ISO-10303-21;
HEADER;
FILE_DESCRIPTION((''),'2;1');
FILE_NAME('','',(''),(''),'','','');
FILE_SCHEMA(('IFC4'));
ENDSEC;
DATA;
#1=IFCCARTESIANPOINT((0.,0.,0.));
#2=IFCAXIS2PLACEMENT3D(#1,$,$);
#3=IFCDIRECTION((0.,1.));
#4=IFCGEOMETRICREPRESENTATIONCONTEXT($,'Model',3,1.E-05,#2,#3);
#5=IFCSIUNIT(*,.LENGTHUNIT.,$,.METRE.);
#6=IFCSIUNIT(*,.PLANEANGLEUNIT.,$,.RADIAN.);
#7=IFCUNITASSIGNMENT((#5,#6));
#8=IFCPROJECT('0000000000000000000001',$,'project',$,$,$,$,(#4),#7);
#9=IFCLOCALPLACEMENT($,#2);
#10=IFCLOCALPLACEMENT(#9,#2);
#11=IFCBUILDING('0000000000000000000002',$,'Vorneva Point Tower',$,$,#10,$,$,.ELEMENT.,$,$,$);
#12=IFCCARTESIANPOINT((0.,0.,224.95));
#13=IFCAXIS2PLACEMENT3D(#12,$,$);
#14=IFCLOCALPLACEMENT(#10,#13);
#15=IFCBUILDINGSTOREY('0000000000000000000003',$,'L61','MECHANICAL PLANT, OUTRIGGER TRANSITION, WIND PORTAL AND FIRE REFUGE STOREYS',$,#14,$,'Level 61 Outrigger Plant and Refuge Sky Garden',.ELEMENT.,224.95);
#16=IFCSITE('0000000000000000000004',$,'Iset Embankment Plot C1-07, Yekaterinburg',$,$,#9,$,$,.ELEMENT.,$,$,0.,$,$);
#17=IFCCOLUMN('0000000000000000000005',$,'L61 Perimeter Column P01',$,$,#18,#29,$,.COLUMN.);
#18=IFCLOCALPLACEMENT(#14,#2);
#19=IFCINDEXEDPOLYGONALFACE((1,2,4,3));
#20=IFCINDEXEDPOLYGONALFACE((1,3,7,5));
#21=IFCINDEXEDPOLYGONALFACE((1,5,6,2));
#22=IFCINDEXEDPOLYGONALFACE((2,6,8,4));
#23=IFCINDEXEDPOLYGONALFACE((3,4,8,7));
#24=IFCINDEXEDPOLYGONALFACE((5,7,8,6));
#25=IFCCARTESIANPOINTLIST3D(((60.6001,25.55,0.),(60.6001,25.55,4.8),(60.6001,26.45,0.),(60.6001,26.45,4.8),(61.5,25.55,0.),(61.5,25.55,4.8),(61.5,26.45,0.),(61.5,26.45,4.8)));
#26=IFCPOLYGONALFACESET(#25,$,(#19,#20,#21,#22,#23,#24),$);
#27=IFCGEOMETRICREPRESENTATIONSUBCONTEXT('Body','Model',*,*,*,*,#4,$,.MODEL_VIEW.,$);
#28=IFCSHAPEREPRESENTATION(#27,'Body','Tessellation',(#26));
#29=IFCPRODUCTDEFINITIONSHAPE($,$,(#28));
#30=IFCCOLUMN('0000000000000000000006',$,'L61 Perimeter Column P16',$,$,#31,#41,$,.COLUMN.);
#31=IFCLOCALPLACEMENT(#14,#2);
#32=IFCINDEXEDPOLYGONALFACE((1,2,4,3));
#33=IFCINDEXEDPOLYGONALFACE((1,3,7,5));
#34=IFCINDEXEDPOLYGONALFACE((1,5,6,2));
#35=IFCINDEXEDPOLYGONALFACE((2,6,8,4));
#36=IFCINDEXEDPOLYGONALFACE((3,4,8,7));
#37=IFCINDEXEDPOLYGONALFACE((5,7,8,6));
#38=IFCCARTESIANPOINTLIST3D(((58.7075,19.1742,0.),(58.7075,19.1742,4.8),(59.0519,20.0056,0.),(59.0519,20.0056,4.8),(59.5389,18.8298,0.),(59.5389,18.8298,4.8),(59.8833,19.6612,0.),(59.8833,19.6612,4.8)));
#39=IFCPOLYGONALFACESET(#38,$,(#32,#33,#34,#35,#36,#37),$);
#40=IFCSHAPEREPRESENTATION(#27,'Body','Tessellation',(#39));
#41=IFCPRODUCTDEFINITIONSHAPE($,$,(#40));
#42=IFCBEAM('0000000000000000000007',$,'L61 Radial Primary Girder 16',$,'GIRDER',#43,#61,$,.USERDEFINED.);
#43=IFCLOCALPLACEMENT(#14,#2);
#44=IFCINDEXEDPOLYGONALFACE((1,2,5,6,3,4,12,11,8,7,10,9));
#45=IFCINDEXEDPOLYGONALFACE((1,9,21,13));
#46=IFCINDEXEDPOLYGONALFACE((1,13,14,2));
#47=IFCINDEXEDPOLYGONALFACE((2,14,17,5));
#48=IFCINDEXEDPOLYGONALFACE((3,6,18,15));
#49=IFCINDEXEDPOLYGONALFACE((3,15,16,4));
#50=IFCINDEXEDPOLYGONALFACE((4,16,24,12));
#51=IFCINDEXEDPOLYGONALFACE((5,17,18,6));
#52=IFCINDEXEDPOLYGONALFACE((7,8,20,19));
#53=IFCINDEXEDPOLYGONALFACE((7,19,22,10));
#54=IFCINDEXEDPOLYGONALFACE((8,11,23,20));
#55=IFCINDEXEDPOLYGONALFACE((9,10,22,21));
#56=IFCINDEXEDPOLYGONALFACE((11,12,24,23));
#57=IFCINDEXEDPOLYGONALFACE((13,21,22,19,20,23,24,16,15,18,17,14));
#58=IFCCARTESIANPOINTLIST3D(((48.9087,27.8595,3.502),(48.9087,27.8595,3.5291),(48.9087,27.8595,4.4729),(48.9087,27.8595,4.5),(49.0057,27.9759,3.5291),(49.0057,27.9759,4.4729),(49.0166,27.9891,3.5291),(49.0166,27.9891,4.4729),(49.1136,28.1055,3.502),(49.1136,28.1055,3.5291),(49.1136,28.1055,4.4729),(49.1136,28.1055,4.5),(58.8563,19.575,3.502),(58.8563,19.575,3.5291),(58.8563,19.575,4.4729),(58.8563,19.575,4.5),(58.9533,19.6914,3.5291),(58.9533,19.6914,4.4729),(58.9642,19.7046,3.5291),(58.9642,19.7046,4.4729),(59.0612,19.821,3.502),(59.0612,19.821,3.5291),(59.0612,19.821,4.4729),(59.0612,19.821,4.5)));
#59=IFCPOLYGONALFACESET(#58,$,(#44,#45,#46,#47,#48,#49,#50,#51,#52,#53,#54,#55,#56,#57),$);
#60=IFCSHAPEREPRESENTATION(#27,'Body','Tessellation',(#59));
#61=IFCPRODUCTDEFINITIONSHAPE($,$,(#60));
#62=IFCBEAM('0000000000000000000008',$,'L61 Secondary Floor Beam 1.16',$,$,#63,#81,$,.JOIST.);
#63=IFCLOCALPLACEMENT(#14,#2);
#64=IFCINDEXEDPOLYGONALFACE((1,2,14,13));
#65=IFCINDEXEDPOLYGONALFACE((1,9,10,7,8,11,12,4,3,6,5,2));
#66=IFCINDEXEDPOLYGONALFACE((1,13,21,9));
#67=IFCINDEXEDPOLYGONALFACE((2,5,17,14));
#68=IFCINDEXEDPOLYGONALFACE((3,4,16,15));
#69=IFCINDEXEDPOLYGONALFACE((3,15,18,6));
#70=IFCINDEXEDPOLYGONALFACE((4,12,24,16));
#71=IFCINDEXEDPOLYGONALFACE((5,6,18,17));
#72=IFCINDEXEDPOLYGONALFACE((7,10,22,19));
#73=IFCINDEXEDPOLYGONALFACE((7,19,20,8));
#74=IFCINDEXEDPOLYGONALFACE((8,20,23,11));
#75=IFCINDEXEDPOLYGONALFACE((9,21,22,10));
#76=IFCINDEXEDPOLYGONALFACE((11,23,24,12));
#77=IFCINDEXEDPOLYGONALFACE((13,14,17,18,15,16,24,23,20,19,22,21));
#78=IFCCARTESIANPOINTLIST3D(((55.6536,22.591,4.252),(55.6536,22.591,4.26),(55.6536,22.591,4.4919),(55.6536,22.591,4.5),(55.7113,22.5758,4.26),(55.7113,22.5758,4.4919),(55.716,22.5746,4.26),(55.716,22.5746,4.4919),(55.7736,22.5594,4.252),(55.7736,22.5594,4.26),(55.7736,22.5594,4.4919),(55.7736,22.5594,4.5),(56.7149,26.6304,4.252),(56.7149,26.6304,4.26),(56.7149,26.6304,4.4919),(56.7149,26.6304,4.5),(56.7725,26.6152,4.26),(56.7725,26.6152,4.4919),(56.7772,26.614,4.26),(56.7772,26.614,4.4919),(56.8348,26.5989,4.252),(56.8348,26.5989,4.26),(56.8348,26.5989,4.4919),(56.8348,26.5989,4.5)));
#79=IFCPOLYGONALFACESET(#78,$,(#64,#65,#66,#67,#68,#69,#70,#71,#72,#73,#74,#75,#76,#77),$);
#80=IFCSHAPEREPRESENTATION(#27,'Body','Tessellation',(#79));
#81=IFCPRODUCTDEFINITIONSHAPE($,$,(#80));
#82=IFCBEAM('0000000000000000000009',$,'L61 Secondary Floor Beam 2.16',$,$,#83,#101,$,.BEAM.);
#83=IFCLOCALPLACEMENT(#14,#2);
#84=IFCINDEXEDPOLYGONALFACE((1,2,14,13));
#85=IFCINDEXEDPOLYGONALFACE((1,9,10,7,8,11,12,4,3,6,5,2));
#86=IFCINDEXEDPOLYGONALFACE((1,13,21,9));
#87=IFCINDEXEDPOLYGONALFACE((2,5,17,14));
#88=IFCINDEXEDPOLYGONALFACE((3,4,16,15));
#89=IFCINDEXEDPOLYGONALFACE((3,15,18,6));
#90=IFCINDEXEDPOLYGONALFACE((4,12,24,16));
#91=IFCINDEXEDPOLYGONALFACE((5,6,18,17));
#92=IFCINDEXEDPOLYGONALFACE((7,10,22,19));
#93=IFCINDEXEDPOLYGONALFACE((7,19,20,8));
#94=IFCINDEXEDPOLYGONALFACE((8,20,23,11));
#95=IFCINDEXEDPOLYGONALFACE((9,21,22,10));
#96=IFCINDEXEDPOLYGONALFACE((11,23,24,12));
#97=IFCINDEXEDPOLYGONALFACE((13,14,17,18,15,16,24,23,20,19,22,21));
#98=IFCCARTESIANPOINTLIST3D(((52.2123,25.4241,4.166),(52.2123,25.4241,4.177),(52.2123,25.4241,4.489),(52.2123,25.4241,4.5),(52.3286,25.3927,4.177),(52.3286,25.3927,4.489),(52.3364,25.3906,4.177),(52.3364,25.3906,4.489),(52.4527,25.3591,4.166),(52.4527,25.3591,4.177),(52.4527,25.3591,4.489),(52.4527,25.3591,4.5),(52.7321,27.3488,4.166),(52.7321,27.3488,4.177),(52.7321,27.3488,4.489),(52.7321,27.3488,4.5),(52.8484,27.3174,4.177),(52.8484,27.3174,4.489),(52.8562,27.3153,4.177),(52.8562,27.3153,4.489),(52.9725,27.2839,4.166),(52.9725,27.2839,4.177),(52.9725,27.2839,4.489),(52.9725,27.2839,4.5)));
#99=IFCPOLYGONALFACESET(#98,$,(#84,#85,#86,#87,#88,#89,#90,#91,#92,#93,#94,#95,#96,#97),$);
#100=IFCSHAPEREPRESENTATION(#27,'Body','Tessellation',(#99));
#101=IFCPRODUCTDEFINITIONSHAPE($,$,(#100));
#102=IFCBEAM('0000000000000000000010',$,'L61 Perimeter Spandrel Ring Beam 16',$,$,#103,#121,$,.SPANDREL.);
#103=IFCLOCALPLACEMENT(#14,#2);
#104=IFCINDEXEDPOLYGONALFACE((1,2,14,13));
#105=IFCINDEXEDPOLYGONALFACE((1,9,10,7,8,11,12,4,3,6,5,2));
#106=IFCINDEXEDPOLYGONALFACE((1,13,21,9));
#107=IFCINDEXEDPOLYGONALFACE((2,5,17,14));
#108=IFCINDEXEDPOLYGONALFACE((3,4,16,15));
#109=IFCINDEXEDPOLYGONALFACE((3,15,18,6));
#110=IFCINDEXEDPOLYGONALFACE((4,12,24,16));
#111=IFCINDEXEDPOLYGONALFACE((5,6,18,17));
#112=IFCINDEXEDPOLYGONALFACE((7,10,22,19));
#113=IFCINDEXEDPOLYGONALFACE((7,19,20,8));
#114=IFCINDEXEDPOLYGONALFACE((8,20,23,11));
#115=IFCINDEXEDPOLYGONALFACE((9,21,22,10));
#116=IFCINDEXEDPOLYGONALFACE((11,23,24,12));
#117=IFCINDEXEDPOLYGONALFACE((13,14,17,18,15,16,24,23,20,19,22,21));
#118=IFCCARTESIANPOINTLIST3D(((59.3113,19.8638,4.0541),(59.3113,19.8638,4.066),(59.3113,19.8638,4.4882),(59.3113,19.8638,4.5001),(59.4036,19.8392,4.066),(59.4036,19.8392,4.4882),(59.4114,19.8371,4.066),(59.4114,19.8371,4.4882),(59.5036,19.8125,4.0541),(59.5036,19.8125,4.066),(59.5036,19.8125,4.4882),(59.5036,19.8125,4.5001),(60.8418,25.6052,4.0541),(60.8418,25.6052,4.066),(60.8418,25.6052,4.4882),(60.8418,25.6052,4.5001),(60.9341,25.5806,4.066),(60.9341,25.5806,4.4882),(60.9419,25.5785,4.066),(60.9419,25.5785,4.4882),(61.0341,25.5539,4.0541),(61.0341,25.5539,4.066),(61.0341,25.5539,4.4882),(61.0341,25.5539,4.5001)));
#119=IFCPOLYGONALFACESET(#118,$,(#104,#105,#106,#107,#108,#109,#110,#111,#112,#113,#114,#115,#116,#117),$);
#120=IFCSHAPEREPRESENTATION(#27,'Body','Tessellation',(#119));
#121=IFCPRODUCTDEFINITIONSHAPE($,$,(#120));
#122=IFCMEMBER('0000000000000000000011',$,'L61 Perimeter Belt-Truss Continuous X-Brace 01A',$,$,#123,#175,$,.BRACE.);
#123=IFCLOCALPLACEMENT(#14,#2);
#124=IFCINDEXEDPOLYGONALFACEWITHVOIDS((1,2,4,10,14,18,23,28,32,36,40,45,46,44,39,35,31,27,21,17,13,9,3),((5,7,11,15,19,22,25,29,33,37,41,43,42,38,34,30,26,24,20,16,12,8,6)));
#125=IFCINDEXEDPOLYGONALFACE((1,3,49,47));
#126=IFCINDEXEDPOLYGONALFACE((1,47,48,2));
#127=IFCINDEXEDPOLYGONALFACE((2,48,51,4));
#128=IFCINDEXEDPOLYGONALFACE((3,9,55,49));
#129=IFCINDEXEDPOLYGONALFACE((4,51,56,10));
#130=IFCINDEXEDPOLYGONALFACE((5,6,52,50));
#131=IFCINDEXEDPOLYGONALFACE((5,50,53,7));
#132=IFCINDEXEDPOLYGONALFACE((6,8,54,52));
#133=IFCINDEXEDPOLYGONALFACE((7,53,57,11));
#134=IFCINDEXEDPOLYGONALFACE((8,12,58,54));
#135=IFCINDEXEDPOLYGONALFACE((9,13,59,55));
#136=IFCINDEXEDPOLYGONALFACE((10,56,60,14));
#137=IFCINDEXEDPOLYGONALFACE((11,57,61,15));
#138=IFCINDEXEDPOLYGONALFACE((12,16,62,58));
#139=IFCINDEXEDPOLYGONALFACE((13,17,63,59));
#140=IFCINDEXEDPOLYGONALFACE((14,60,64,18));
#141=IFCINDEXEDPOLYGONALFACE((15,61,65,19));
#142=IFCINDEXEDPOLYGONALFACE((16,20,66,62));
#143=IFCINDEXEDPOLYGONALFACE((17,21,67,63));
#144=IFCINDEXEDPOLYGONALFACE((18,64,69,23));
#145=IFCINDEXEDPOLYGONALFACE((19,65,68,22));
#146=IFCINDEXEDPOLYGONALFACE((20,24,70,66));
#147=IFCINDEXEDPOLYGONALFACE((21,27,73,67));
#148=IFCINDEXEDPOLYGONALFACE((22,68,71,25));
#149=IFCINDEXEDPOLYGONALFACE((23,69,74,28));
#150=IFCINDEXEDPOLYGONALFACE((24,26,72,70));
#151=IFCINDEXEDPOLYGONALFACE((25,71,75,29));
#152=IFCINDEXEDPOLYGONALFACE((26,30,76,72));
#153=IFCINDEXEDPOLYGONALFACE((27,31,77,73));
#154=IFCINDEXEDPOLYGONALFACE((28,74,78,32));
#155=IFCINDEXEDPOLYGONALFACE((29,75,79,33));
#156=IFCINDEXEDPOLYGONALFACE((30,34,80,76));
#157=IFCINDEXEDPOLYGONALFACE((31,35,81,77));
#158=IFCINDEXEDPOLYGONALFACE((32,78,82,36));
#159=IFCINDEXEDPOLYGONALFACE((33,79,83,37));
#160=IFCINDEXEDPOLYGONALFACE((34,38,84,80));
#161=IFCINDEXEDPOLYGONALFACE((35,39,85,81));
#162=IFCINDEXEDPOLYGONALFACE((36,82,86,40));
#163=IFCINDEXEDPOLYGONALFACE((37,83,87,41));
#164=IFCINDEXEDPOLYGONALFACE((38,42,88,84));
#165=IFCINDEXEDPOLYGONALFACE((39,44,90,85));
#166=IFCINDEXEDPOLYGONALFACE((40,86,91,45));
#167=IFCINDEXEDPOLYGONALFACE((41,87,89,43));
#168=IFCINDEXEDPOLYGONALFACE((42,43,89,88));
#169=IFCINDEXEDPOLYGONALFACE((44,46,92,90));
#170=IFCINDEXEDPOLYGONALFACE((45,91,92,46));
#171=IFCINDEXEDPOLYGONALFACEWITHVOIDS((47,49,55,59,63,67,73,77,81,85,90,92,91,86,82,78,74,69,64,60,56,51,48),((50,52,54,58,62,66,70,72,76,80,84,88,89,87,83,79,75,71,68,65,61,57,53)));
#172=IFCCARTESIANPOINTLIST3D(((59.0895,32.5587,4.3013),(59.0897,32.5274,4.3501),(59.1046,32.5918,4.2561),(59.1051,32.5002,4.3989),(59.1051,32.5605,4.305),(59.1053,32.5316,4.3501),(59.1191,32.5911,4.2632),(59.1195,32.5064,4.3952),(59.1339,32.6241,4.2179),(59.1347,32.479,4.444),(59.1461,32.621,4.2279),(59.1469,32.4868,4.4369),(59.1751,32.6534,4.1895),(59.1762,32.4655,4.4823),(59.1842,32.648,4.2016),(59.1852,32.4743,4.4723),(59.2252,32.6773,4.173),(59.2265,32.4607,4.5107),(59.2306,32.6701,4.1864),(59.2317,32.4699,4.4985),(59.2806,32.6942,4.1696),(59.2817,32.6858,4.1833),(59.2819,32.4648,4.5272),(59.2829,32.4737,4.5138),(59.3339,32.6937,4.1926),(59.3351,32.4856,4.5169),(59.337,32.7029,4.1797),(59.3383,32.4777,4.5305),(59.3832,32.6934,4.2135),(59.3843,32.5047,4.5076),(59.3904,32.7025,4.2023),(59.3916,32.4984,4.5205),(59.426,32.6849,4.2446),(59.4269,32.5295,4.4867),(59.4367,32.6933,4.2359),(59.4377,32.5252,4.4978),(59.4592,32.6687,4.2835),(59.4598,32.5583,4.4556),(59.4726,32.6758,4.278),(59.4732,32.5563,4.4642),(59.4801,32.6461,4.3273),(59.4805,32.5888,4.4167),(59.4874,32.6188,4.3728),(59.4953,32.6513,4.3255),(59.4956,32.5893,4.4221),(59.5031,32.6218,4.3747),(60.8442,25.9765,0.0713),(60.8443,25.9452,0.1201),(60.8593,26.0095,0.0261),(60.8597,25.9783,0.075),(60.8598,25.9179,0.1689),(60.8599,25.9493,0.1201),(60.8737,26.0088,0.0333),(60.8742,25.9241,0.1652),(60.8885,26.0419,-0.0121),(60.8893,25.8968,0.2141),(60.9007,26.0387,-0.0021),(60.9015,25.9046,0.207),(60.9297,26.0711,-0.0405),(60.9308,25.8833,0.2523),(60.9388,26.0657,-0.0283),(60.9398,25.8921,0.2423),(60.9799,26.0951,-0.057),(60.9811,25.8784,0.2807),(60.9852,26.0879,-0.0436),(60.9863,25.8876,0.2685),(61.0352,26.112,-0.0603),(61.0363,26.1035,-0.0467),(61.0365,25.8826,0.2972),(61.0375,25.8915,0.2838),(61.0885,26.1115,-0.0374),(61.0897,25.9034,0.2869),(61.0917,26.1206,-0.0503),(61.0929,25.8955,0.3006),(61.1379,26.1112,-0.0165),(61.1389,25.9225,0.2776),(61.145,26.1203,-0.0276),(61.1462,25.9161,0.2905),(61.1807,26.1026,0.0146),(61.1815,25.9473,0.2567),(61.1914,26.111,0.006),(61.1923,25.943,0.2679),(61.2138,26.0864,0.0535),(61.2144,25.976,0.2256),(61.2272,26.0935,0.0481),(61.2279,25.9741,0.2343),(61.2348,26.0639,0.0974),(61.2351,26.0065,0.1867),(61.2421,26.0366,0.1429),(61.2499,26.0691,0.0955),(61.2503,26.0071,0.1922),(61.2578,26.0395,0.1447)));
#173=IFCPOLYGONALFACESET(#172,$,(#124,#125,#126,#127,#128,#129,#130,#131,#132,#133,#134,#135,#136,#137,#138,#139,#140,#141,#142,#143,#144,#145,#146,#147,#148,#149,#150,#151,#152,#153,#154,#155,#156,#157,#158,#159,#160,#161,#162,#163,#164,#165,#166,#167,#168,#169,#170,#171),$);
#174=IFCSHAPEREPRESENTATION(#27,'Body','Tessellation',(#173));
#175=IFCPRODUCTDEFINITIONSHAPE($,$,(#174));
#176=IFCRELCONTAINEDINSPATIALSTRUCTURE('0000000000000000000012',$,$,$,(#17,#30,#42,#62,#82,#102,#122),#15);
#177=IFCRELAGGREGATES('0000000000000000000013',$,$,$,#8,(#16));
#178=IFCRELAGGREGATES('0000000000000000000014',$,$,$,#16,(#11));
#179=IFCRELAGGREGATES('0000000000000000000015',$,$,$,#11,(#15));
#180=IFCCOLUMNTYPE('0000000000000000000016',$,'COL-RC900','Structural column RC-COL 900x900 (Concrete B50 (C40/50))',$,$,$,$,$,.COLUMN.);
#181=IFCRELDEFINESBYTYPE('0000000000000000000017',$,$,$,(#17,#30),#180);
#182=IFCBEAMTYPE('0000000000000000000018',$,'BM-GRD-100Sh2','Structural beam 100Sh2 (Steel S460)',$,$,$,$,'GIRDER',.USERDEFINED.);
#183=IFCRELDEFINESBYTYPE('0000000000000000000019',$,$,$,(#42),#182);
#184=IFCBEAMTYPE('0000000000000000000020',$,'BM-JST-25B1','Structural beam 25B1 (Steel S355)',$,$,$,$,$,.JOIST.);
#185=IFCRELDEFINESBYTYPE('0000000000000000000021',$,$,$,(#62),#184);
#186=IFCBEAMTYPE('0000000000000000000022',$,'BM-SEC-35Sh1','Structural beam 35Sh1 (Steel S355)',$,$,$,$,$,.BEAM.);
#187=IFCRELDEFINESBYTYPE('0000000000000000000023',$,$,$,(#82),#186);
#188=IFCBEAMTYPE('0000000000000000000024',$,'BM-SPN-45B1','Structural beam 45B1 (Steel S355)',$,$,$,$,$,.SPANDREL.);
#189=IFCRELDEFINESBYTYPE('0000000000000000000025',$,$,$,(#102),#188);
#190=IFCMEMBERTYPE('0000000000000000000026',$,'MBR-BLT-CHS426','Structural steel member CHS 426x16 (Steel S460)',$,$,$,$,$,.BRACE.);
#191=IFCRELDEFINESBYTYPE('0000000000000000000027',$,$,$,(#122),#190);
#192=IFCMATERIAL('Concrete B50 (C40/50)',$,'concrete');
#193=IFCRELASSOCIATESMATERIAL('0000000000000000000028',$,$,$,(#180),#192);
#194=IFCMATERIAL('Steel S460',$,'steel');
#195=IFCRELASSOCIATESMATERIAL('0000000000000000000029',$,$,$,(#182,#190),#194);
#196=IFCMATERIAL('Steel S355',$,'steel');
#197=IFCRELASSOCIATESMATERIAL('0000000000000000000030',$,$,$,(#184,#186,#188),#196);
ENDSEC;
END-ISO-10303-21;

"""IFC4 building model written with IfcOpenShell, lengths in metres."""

from ifc_helpers import new_model, si_unit, direction, frame, origin, origin_2d, place, context, subcontext, project, spatial, rectangle, hollow_circle, i_section, extrude, material, material_profile, profile_set, type_object, element, save


model = new_model("IFC4")

# Units and contexts
model_context = context("Model", 3, precision=1e-05, world=origin(), true_north=direction((0.0, 1.0)))
body_context = subcontext(model_context, "Body", "Model", "MODEL_VIEW")
ifc_project = project(units=[si_unit("LENGTHUNIT", "METRE"), si_unit("PLANEANGLEUNIT", "RADIAN")], contexts=[model_context])

# Site, building, storey
site_placement = place(None, origin())
site = spatial("IfcSite", under=ifc_project, at=site_placement, Name="Iset Embankment Plot C1-07, Yekaterinburg", CompositionType="ELEMENT", RefElevation=0.0)
building_placement = place(site_placement, origin())
building = spatial("IfcBuilding", under=site, at=building_placement, Name="Vorneva Point Tower", CompositionType="ELEMENT")
storey_placement = place(building_placement, frame((0.0, 0.0, 224.95)))
storey = spatial("IfcBuildingStorey", under=building, at=storey_placement, Name="L61", Description="MECHANICAL PLANT, OUTRIGGER TRANSITION, WIND PORTAL AND FIRE REFUGE STOREYS", LongName="Level 61 Outrigger Plant and Refuge Sky Garden", CompositionType="ELEMENT", Elevation=224.95)

# Columns
ifc_material_1 = material(Name="Concrete B50 (C40/50)", Category="concrete")
ifc_material_profile_1 = material_profile(ifc_material_1, rectangle(XDim=0.8999, YDim=0.8999, at=origin_2d()), Name="RC-COL 900x900")
ifc_profile_set_1 = profile_set([ifc_material_profile_1], Name="Concrete B50 (C40/50)")
column_type = type_object("IfcColumnType", Name="COL-RC900", Description="Structural column RC-COL 900x900 (Concrete B50 (C40/50))", PredefinedType="COLUMN", material=ifc_profile_set_1)
for number, where, z_axis, x_axis, name in (
    (1, (61.05, 26.0, 0.0), (0.0, 0.0, 1.0), (1.0, 0.0, 0.0), "L61 Perimeter Column P01"),
    (2, (59.2954, 19.4177, 0.0), (0.0, 0.0, 1.0), (0.92388, -0.382683, 0.0), "L61 Perimeter Column P16"),
):
    element("IfcColumn", number, at=place(storey_placement, frame(where, z_axis=z_axis, x_axis=x_axis)), inside=storey, type_object=column_type, Name=name, PredefinedType="COLUMN", context=body_context, shape_type="SweptSolid", body=[
        extrude(rectangle(XDim=0.8999, YDim=0.8999, at=origin_2d()), origin(), (0.0, 0.0, 1.0), 4.8),
    ])

# Beams
ifc_material_2 = material(Name="Steel S460", Category="steel")
ifc_material_profile_2 = material_profile(ifc_material_2, i_section(OverallWidth=0.3201, OverallDepth=0.998, WebThickness=0.0171, FlangeThickness=0.0271, at=origin_2d()), Name="100Sh2")
ifc_profile_set_2 = profile_set([ifc_material_profile_2], Name="Steel S460")
beam_type_1 = type_object("IfcBeamType", Name="BM-GRD-100Sh2", Description="Structural beam 100Sh2 (Steel S460)", ElementType="GIRDER", PredefinedType="USERDEFINED", material=ifc_profile_set_2)
beam_1_placement = place(storey_placement, frame((58.9587, 19.698, 4.001), z_axis=(-0.768418, 0.639949, 0.0), x_axis=(-0.639949, -0.768418, 0.0)))
element("IfcBeam", 3, at=beam_1_placement, inside=storey, type_object=beam_type_1, Name="L61 Radial Primary Girder 16", ObjectType="GIRDER", PredefinedType="USERDEFINED", context=body_context, shape_type="SweptSolid", body=[
    extrude(i_section(OverallWidth=0.3201, OverallDepth=0.998, WebThickness=0.0171, FlangeThickness=0.0271, at=origin_2d()), origin(), (0.0, 0.0, 1.0), 12.9456),
])
ifc_material_3 = material(Name="Steel S355", Category="steel")
ifc_material_profile_3 = material_profile(ifc_material_3, i_section(OverallWidth=0.124, OverallDepth=0.248, WebThickness=0.0049, FlangeThickness=0.0081, at=origin_2d()), Name="25B1")
ifc_profile_set_3 = profile_set([ifc_material_profile_3], Name="Steel S355")
beam_type_2 = type_object("IfcBeamType", Name="BM-JST-25B1", Description="Structural beam 25B1 (Steel S355)", PredefinedType="JOIST", material=ifc_profile_set_3)
beam_2_placement = place(storey_placement, frame((55.7136, 22.5752, 4.376), z_axis=(0.254099, 0.967178, 0.0), x_axis=(-0.967178, 0.254099, 0.0)))
element("IfcBeam", 4, at=beam_2_placement, inside=storey, type_object=beam_type_2, Name="L61 Secondary Floor Beam 1.16", PredefinedType="JOIST", context=body_context, shape_type="SweptSolid", body=[
    extrude(i_section(OverallWidth=0.124, OverallDepth=0.248, WebThickness=0.0049, FlangeThickness=0.0081, at=origin_2d()), origin(), (0.0, 0.0, 1.0), 4.1765),
])
ifc_material_profile_4 = material_profile(ifc_material_3, i_section(OverallWidth=0.249, OverallDepth=0.334, WebThickness=0.0081, FlangeThickness=0.011, at=origin_2d()), Name="35Sh1")
ifc_profile_set_4 = profile_set([ifc_material_profile_4], Name="Steel S355")
beam_type_3 = type_object("IfcBeamType", Name="BM-SEC-35Sh1", Description="Structural beam 35Sh1 (Steel S355)", PredefinedType="BEAM", material=ifc_profile_set_4)
beam_3_placement = place(storey_placement, frame((52.3325, 25.3916, 4.333), z_axis=(0.260702, 0.965419, 0.0), x_axis=(-0.965419, 0.260702, 0.0)))
element("IfcBeam", 5, at=beam_3_placement, inside=storey, type_object=beam_type_3, Name="L61 Secondary Floor Beam 2.16", PredefinedType="BEAM", context=body_context, shape_type="SweptSolid", body=[
    extrude(i_section(OverallWidth=0.249, OverallDepth=0.334, WebThickness=0.0081, FlangeThickness=0.011, at=origin_2d()), origin(), (0.0, 0.0, 1.0), 1.9937),
])
ifc_material_profile_5 = material_profile(ifc_material_3, i_section(OverallWidth=0.199, OverallDepth=0.446, WebThickness=0.0081, FlangeThickness=0.012, at=origin_2d()), Name="45B1")
ifc_profile_set_5 = profile_set([ifc_material_profile_5], Name="Steel S355")
beam_type_4 = type_object("IfcBeamType", Name="BM-SPN-45B1", Description="Structural beam 45B1 (Steel S355)", PredefinedType="SPANDREL", material=ifc_profile_set_5)
beam_4_placement = place(storey_placement, frame((59.4075, 19.8381, 4.2771), z_axis=(0.257578, 0.966257, 0.0), x_axis=(-0.966257, 0.257578, 0.0)))
element("IfcBeam", 6, at=beam_4_placement, inside=storey, type_object=beam_type_4, Name="L61 Perimeter Spandrel Ring Beam 16", PredefinedType="SPANDREL", context=body_context, shape_type="SweptSolid", body=[
    extrude(i_section(OverallWidth=0.199, OverallDepth=0.446, WebThickness=0.0081, FlangeThickness=0.012, at=origin_2d()), origin(), (0.0, 0.0, 1.0), 5.9419),
])

# Member
ifc_material_profile_6 = material_profile(ifc_material_2, hollow_circle(Radius=0.2129, WallThickness=0.0161, at=origin_2d()), Name="CHS 426x16")
ifc_profile_set_6 = profile_set([ifc_material_profile_6], Name="Steel S460")
member_type = type_object("IfcMemberType", Name="MBR-BLT-CHS426", Description="Structural steel member CHS 426x16 (Steel S460)", PredefinedType="BRACE", material=ifc_profile_set_6)
member_1_placement = place(storey_placement, frame((61.05, 26.0, 0.1201), z_axis=(-0.218821, 0.820877, 0.527522), x_axis=(-0.966258, -0.257576, 0.0)))
element("IfcMember", 7, at=member_1_placement, inside=storey, type_object=member_type, Name="L61 Perimeter Belt-Truss Continuous X-Brace 01A", PredefinedType="BRACE", context=body_context, shape_type="SweptSolid", body=[
    extrude(hollow_circle(Radius=0.2129, WallThickness=0.0161, at=origin_2d()), origin(), (0.0, 0.0, 1.0), 8.0186),
])

save(model, "model.ifc")
